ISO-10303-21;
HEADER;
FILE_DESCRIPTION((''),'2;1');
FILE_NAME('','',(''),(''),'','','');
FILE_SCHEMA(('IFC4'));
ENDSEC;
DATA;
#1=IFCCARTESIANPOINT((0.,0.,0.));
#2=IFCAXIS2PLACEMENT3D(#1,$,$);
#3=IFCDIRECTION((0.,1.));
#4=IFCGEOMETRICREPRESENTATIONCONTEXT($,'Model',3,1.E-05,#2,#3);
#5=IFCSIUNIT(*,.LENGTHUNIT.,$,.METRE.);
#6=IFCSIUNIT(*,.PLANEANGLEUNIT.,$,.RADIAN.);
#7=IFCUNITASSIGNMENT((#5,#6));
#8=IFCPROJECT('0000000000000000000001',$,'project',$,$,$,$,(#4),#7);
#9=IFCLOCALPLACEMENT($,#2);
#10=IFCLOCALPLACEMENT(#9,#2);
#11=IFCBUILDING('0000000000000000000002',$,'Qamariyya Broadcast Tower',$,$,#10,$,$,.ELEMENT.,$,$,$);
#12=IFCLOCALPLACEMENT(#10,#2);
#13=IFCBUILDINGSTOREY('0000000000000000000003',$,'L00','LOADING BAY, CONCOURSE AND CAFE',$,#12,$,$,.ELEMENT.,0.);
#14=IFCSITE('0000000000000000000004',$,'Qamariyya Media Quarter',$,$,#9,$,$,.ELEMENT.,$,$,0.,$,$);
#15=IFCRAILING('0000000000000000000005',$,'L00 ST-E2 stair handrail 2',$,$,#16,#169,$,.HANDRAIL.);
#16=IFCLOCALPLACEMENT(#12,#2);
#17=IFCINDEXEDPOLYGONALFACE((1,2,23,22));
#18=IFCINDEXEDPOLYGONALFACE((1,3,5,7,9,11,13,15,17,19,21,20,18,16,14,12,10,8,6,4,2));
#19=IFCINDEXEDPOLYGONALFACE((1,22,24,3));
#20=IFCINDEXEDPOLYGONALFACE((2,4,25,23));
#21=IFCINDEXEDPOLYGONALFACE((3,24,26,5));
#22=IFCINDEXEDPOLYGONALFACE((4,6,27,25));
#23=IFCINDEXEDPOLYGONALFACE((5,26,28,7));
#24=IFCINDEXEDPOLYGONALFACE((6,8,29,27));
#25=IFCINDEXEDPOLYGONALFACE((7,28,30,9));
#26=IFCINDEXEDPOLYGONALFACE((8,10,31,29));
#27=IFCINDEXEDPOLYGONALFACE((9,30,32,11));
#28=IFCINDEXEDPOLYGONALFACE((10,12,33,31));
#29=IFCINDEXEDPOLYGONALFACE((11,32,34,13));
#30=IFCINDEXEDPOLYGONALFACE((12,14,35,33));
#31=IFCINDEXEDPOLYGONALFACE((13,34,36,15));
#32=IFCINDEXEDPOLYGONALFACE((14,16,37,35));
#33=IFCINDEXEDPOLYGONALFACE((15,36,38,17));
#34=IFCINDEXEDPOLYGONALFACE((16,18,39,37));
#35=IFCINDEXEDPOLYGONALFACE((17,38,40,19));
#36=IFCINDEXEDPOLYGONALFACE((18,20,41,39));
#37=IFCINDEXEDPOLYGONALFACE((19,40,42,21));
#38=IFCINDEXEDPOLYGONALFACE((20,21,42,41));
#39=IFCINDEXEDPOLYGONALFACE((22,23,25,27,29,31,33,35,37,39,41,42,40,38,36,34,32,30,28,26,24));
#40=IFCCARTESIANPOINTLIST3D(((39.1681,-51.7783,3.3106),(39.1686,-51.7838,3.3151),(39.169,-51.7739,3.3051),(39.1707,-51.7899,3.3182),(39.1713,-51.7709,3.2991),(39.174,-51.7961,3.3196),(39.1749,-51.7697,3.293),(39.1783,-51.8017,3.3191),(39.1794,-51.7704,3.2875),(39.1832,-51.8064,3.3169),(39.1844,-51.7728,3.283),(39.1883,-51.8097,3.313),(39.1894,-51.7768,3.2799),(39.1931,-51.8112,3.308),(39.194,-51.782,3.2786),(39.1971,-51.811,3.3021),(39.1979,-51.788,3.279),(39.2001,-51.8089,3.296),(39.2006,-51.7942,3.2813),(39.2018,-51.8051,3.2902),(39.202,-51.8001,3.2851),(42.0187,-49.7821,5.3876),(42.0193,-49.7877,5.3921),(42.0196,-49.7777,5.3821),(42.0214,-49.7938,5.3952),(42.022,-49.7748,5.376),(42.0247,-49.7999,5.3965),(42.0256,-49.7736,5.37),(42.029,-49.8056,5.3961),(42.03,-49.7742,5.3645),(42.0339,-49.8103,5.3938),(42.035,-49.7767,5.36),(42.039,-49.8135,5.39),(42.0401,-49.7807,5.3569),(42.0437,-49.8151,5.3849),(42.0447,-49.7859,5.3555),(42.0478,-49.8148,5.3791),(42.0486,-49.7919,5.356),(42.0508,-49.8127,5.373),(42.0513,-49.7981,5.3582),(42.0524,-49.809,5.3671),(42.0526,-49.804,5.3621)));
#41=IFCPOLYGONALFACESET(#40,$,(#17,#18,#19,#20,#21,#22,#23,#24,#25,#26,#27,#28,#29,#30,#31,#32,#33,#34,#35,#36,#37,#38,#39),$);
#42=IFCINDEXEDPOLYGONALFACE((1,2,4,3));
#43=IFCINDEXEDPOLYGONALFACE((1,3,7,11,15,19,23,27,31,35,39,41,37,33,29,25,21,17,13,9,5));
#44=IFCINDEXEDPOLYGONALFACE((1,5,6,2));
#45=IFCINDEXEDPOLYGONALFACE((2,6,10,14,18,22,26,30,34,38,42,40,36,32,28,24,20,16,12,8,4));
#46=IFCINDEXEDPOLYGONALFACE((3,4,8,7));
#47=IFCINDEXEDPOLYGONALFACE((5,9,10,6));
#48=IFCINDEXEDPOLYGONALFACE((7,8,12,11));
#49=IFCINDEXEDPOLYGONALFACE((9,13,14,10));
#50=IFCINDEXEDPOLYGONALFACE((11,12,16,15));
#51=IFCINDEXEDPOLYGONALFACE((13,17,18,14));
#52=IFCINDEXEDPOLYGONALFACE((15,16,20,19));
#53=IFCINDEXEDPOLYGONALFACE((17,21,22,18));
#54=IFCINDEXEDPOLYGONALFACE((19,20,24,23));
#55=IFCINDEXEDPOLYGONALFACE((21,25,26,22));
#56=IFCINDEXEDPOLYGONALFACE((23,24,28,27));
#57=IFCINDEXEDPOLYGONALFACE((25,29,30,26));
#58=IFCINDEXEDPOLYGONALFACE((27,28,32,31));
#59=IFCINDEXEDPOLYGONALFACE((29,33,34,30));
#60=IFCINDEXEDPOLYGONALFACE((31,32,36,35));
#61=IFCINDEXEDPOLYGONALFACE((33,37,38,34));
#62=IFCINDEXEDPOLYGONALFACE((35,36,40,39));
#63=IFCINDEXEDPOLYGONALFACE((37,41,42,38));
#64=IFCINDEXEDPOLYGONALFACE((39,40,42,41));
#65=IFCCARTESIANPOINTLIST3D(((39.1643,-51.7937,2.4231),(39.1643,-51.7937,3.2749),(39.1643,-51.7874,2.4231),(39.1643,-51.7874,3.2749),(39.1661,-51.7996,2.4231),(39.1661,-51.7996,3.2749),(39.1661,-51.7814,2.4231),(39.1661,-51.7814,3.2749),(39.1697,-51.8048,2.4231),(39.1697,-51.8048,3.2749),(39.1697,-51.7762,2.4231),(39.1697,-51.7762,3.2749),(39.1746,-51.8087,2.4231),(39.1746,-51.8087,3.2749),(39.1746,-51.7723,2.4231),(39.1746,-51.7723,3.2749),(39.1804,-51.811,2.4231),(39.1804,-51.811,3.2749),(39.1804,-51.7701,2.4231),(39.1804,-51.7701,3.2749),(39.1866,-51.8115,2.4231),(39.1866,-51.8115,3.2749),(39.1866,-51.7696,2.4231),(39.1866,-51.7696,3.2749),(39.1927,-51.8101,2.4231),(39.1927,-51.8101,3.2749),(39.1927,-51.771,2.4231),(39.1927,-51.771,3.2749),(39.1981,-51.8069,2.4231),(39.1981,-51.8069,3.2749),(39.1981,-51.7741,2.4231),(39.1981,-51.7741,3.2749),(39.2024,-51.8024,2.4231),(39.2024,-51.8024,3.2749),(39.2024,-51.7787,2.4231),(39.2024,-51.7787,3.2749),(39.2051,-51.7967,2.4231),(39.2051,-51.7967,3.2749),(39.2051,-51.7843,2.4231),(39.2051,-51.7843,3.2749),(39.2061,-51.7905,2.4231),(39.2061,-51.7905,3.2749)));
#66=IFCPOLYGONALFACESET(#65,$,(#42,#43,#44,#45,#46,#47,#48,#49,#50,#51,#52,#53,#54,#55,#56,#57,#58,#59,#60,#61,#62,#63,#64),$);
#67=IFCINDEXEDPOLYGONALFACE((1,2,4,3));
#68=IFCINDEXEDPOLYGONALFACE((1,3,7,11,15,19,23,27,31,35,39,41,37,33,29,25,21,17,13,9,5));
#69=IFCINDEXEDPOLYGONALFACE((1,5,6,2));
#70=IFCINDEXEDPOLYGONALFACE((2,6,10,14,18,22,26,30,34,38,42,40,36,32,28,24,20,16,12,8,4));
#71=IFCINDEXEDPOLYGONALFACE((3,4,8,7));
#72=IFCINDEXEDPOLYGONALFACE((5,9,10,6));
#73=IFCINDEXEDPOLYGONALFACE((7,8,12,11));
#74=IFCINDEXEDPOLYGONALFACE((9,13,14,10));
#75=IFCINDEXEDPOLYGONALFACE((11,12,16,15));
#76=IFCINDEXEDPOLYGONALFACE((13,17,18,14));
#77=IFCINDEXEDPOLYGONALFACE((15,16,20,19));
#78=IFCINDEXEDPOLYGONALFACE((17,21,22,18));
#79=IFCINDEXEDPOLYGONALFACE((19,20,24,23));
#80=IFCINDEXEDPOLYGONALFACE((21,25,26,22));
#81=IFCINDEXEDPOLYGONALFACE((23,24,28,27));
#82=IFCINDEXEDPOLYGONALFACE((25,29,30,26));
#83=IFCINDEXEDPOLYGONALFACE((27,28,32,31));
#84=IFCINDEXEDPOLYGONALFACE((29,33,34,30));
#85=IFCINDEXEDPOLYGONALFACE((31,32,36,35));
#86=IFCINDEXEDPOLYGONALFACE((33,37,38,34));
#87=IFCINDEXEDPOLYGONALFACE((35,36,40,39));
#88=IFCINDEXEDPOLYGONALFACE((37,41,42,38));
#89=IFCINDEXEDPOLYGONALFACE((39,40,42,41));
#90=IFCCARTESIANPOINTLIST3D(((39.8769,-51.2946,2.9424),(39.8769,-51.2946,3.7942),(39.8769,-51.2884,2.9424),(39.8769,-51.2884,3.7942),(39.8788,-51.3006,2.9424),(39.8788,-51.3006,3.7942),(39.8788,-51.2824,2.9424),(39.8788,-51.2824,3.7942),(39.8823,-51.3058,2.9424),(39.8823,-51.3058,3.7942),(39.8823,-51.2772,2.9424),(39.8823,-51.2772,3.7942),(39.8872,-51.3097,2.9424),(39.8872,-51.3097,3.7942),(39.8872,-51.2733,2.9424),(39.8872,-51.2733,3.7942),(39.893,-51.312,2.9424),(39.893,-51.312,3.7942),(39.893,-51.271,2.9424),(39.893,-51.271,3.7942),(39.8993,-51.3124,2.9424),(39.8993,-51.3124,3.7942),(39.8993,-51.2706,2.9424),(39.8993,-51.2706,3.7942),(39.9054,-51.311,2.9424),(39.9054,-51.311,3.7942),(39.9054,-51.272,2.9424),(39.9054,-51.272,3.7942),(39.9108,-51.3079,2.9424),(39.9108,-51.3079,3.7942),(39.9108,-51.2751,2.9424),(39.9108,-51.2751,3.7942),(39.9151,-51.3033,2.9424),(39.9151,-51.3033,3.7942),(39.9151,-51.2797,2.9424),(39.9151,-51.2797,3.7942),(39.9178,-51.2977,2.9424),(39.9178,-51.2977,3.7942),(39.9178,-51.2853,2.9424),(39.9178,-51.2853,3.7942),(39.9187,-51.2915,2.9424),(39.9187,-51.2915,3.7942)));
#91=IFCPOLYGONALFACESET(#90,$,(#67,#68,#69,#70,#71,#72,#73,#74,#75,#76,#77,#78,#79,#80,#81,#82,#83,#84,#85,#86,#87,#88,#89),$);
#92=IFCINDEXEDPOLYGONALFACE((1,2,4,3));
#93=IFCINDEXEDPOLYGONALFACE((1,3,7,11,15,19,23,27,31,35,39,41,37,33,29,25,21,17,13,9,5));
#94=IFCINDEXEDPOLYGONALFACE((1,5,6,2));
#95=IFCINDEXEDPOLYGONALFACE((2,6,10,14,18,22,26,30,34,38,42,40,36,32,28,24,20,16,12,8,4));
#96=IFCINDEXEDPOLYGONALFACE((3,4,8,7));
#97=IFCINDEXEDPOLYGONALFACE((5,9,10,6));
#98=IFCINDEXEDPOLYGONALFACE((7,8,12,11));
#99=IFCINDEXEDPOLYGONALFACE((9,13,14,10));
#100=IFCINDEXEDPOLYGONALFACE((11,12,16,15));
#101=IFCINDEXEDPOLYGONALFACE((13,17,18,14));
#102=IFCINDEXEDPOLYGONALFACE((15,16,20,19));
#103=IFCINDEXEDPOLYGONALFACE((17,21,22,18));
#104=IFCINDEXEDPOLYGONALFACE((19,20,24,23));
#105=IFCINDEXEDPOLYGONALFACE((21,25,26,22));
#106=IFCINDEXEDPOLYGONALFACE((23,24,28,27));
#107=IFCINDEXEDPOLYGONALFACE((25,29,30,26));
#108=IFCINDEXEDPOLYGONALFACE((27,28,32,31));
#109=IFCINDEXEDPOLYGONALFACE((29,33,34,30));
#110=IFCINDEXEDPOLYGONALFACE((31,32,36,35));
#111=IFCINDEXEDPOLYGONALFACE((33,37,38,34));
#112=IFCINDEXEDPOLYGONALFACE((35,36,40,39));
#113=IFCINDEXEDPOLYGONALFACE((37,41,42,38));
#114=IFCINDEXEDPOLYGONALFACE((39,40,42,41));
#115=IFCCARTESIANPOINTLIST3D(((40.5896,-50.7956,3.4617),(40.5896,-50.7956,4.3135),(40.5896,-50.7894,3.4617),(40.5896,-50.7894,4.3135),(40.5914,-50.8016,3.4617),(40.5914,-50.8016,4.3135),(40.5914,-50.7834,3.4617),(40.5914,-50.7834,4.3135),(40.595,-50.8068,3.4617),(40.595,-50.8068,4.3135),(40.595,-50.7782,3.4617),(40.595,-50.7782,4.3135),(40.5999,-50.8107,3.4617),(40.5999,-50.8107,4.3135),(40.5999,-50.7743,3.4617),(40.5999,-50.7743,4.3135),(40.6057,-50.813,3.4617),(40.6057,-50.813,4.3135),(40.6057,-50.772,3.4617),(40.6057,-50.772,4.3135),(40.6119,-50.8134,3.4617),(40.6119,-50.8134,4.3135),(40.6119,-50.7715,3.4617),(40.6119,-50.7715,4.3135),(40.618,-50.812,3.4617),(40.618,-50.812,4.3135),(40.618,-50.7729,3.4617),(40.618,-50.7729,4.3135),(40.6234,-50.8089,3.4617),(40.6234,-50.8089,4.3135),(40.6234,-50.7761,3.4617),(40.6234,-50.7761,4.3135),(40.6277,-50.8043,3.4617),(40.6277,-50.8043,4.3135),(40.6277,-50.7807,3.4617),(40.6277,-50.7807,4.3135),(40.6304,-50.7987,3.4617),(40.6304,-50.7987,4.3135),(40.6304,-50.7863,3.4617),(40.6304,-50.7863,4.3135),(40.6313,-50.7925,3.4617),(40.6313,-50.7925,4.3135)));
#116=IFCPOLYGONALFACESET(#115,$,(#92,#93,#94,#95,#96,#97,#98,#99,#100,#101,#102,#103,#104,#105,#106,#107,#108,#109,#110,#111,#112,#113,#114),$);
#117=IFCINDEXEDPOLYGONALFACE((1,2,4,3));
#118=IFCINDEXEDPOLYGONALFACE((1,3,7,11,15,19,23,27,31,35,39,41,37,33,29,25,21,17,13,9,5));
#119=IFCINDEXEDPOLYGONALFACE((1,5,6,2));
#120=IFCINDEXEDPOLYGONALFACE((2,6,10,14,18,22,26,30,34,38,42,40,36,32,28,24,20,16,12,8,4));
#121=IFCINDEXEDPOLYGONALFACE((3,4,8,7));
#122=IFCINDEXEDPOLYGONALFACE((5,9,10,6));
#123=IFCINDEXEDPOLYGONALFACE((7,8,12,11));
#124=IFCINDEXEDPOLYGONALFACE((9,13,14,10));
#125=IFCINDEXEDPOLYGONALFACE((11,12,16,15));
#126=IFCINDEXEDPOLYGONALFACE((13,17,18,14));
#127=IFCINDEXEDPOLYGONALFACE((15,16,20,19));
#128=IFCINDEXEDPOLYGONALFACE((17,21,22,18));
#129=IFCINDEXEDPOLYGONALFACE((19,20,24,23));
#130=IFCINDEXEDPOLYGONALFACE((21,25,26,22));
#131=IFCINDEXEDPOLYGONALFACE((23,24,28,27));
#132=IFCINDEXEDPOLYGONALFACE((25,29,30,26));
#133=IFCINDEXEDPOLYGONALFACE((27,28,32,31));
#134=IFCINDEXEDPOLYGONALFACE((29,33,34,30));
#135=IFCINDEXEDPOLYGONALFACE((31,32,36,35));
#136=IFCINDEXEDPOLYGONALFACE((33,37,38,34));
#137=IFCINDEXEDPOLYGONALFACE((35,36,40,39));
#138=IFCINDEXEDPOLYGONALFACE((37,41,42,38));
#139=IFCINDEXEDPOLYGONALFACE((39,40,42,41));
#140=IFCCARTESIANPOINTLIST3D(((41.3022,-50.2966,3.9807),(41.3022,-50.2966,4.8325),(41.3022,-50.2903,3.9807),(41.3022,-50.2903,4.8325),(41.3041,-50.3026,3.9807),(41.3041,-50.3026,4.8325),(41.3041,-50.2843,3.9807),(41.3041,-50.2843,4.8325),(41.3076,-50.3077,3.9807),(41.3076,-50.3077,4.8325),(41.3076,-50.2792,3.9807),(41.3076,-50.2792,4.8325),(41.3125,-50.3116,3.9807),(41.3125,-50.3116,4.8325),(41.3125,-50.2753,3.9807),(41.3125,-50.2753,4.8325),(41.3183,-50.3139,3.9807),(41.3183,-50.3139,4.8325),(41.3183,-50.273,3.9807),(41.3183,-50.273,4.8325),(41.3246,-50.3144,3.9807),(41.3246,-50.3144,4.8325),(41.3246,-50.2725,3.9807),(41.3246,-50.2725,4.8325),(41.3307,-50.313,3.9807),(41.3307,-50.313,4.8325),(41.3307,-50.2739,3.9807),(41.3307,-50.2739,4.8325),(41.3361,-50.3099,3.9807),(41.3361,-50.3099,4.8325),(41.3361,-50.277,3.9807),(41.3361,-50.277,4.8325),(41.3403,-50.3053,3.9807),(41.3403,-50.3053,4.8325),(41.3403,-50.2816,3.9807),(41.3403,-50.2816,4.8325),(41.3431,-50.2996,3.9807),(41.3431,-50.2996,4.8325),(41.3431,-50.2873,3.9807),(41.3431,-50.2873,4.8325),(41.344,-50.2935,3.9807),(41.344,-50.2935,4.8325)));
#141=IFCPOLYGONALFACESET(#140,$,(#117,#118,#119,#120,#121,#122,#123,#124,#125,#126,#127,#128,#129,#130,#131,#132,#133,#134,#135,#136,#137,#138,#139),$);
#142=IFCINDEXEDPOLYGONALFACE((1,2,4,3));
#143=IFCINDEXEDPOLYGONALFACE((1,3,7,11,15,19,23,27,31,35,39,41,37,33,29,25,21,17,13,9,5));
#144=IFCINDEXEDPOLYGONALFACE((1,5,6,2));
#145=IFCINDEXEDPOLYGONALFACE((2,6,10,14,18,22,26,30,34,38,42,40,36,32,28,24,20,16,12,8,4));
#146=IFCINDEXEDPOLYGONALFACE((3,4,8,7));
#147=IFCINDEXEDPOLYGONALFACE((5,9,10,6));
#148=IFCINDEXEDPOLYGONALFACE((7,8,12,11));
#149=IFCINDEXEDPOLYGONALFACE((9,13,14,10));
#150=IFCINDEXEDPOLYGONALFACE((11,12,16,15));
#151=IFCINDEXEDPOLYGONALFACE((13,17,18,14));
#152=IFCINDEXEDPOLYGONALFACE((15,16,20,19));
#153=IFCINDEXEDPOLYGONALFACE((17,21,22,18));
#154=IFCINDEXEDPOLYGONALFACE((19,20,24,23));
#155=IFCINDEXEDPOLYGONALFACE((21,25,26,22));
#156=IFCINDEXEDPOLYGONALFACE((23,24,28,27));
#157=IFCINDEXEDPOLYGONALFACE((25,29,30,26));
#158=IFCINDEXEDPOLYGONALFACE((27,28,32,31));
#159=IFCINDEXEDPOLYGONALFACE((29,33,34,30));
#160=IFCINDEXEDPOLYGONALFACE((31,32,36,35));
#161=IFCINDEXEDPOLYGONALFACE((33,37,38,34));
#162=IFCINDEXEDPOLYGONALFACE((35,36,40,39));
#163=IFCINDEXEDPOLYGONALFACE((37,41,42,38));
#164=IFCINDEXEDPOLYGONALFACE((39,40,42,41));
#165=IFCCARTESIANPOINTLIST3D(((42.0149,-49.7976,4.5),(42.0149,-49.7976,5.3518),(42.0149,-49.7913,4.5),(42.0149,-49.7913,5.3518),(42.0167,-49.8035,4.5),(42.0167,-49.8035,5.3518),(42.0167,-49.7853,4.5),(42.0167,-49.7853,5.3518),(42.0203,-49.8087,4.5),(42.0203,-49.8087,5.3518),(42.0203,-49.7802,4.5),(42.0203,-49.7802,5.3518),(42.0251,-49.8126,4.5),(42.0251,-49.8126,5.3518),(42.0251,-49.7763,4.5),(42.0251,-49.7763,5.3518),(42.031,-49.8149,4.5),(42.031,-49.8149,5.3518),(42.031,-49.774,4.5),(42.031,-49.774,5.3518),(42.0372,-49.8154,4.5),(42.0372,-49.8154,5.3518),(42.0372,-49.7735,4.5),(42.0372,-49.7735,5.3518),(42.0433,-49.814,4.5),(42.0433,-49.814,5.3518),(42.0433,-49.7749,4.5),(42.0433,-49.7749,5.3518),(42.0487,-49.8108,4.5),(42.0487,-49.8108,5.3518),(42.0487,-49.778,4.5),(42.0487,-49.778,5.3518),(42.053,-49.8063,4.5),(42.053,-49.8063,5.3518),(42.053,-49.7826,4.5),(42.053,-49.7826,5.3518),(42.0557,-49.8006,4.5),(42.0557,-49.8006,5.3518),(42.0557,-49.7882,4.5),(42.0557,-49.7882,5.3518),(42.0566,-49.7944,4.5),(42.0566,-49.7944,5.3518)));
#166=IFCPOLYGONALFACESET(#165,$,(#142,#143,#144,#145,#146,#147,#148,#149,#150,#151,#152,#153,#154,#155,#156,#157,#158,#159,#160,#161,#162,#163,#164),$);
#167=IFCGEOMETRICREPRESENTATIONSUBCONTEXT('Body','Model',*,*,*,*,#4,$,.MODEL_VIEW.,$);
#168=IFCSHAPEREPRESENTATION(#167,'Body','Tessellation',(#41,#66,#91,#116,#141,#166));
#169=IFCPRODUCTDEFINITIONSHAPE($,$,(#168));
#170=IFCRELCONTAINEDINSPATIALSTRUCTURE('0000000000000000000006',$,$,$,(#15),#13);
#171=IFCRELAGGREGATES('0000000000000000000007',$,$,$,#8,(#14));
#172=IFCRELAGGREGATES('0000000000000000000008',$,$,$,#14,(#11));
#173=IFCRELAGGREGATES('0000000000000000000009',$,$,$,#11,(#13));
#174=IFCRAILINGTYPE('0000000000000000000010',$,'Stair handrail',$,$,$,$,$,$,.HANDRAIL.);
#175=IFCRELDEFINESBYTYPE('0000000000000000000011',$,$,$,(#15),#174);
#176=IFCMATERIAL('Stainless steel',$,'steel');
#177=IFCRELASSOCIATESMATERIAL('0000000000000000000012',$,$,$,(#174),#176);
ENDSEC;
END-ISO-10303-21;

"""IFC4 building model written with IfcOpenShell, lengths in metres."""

from ifc_helpers import new_model, si_unit, direction, frame, origin, origin_2d, place, context, subcontext, project, spatial, circle, extrude, material, type_object, element, save


model = new_model("IFC4")

# Units and contexts
model_context = context("Model", 3, precision=1e-05, world=origin(), true_north=direction((0.0, 1.0)))
body_context = subcontext(model_context, "Body", "Model", "MODEL_VIEW")
ifc_project = project(units=[si_unit("LENGTHUNIT", "METRE"), si_unit("PLANEANGLEUNIT", "RADIAN")], contexts=[model_context])

# Site, building, storey
site_placement = place(None, origin())
site = spatial("IfcSite", under=ifc_project, at=site_placement, Name="Qamariyya Media Quarter", CompositionType="ELEMENT", RefElevation=0.0)
building_placement = place(site_placement, origin())
building = spatial("IfcBuilding", under=site, at=building_placement, Name="Qamariyya Broadcast Tower", CompositionType="ELEMENT")
storey_placement = place(building_placement, origin())
storey = spatial("IfcBuildingStorey", under=building, at=storey_placement, Name="L00", Description="LOADING BAY, CONCOURSE AND CAFE", CompositionType="ELEMENT", Elevation=0.0)

# Railing
ifc_material_1 = material(Name="Stainless steel", Category="steel")
railing_type_1 = type_object("IfcRailingType", Name="Stair handrail", PredefinedType="HANDRAIL", material=ifc_material_1)
for number, where, name in (
    (1, (39.1851, -51.7905, 2.4231), "L00 ST-E2 stair handrail 2"),
):
    element("IfcRailing", number, at=place(storey_placement, frame(where)), inside=storey, type_object=railing_type_1, Name=name, PredefinedType="HANDRAIL", context=body_context, shape_type="SweptSolid", body=[
        extrude(circle(Radius=0.0239, at=origin_2d()), frame((0.0, 0.0, 0.876), z_axis=(0.703393, 0.492544, 0.512484), x_axis=(-0.573594, 0.81914, 0.0)), (0.0, 0.0, 1.0), 4.0527),
        extrude(circle(Radius=0.021, at=origin_2d()), origin(), (0.0, 0.0, 1.0), 0.8518),
        extrude(circle(Radius=0.021, at=origin_2d()), frame((0.7126, 0.499, 0.5193)), (0.0, 0.0, 1.0), 0.8518),
        extrude(circle(Radius=0.021, at=origin_2d()), frame((1.4253, 0.998, 1.0386)), (0.0, 0.0, 1.0), 0.8518),
        extrude(circle(Radius=0.021, at=origin_2d()), frame((2.1379, 1.4971, 1.5576)), (0.0, 0.0, 1.0), 0.8518),
        extrude(circle(Radius=0.021, at=origin_2d()), frame((2.8506, 1.9961, 2.0769)), (0.0, 0.0, 1.0), 0.8518),
    ])

save(model, "model.ifc")
